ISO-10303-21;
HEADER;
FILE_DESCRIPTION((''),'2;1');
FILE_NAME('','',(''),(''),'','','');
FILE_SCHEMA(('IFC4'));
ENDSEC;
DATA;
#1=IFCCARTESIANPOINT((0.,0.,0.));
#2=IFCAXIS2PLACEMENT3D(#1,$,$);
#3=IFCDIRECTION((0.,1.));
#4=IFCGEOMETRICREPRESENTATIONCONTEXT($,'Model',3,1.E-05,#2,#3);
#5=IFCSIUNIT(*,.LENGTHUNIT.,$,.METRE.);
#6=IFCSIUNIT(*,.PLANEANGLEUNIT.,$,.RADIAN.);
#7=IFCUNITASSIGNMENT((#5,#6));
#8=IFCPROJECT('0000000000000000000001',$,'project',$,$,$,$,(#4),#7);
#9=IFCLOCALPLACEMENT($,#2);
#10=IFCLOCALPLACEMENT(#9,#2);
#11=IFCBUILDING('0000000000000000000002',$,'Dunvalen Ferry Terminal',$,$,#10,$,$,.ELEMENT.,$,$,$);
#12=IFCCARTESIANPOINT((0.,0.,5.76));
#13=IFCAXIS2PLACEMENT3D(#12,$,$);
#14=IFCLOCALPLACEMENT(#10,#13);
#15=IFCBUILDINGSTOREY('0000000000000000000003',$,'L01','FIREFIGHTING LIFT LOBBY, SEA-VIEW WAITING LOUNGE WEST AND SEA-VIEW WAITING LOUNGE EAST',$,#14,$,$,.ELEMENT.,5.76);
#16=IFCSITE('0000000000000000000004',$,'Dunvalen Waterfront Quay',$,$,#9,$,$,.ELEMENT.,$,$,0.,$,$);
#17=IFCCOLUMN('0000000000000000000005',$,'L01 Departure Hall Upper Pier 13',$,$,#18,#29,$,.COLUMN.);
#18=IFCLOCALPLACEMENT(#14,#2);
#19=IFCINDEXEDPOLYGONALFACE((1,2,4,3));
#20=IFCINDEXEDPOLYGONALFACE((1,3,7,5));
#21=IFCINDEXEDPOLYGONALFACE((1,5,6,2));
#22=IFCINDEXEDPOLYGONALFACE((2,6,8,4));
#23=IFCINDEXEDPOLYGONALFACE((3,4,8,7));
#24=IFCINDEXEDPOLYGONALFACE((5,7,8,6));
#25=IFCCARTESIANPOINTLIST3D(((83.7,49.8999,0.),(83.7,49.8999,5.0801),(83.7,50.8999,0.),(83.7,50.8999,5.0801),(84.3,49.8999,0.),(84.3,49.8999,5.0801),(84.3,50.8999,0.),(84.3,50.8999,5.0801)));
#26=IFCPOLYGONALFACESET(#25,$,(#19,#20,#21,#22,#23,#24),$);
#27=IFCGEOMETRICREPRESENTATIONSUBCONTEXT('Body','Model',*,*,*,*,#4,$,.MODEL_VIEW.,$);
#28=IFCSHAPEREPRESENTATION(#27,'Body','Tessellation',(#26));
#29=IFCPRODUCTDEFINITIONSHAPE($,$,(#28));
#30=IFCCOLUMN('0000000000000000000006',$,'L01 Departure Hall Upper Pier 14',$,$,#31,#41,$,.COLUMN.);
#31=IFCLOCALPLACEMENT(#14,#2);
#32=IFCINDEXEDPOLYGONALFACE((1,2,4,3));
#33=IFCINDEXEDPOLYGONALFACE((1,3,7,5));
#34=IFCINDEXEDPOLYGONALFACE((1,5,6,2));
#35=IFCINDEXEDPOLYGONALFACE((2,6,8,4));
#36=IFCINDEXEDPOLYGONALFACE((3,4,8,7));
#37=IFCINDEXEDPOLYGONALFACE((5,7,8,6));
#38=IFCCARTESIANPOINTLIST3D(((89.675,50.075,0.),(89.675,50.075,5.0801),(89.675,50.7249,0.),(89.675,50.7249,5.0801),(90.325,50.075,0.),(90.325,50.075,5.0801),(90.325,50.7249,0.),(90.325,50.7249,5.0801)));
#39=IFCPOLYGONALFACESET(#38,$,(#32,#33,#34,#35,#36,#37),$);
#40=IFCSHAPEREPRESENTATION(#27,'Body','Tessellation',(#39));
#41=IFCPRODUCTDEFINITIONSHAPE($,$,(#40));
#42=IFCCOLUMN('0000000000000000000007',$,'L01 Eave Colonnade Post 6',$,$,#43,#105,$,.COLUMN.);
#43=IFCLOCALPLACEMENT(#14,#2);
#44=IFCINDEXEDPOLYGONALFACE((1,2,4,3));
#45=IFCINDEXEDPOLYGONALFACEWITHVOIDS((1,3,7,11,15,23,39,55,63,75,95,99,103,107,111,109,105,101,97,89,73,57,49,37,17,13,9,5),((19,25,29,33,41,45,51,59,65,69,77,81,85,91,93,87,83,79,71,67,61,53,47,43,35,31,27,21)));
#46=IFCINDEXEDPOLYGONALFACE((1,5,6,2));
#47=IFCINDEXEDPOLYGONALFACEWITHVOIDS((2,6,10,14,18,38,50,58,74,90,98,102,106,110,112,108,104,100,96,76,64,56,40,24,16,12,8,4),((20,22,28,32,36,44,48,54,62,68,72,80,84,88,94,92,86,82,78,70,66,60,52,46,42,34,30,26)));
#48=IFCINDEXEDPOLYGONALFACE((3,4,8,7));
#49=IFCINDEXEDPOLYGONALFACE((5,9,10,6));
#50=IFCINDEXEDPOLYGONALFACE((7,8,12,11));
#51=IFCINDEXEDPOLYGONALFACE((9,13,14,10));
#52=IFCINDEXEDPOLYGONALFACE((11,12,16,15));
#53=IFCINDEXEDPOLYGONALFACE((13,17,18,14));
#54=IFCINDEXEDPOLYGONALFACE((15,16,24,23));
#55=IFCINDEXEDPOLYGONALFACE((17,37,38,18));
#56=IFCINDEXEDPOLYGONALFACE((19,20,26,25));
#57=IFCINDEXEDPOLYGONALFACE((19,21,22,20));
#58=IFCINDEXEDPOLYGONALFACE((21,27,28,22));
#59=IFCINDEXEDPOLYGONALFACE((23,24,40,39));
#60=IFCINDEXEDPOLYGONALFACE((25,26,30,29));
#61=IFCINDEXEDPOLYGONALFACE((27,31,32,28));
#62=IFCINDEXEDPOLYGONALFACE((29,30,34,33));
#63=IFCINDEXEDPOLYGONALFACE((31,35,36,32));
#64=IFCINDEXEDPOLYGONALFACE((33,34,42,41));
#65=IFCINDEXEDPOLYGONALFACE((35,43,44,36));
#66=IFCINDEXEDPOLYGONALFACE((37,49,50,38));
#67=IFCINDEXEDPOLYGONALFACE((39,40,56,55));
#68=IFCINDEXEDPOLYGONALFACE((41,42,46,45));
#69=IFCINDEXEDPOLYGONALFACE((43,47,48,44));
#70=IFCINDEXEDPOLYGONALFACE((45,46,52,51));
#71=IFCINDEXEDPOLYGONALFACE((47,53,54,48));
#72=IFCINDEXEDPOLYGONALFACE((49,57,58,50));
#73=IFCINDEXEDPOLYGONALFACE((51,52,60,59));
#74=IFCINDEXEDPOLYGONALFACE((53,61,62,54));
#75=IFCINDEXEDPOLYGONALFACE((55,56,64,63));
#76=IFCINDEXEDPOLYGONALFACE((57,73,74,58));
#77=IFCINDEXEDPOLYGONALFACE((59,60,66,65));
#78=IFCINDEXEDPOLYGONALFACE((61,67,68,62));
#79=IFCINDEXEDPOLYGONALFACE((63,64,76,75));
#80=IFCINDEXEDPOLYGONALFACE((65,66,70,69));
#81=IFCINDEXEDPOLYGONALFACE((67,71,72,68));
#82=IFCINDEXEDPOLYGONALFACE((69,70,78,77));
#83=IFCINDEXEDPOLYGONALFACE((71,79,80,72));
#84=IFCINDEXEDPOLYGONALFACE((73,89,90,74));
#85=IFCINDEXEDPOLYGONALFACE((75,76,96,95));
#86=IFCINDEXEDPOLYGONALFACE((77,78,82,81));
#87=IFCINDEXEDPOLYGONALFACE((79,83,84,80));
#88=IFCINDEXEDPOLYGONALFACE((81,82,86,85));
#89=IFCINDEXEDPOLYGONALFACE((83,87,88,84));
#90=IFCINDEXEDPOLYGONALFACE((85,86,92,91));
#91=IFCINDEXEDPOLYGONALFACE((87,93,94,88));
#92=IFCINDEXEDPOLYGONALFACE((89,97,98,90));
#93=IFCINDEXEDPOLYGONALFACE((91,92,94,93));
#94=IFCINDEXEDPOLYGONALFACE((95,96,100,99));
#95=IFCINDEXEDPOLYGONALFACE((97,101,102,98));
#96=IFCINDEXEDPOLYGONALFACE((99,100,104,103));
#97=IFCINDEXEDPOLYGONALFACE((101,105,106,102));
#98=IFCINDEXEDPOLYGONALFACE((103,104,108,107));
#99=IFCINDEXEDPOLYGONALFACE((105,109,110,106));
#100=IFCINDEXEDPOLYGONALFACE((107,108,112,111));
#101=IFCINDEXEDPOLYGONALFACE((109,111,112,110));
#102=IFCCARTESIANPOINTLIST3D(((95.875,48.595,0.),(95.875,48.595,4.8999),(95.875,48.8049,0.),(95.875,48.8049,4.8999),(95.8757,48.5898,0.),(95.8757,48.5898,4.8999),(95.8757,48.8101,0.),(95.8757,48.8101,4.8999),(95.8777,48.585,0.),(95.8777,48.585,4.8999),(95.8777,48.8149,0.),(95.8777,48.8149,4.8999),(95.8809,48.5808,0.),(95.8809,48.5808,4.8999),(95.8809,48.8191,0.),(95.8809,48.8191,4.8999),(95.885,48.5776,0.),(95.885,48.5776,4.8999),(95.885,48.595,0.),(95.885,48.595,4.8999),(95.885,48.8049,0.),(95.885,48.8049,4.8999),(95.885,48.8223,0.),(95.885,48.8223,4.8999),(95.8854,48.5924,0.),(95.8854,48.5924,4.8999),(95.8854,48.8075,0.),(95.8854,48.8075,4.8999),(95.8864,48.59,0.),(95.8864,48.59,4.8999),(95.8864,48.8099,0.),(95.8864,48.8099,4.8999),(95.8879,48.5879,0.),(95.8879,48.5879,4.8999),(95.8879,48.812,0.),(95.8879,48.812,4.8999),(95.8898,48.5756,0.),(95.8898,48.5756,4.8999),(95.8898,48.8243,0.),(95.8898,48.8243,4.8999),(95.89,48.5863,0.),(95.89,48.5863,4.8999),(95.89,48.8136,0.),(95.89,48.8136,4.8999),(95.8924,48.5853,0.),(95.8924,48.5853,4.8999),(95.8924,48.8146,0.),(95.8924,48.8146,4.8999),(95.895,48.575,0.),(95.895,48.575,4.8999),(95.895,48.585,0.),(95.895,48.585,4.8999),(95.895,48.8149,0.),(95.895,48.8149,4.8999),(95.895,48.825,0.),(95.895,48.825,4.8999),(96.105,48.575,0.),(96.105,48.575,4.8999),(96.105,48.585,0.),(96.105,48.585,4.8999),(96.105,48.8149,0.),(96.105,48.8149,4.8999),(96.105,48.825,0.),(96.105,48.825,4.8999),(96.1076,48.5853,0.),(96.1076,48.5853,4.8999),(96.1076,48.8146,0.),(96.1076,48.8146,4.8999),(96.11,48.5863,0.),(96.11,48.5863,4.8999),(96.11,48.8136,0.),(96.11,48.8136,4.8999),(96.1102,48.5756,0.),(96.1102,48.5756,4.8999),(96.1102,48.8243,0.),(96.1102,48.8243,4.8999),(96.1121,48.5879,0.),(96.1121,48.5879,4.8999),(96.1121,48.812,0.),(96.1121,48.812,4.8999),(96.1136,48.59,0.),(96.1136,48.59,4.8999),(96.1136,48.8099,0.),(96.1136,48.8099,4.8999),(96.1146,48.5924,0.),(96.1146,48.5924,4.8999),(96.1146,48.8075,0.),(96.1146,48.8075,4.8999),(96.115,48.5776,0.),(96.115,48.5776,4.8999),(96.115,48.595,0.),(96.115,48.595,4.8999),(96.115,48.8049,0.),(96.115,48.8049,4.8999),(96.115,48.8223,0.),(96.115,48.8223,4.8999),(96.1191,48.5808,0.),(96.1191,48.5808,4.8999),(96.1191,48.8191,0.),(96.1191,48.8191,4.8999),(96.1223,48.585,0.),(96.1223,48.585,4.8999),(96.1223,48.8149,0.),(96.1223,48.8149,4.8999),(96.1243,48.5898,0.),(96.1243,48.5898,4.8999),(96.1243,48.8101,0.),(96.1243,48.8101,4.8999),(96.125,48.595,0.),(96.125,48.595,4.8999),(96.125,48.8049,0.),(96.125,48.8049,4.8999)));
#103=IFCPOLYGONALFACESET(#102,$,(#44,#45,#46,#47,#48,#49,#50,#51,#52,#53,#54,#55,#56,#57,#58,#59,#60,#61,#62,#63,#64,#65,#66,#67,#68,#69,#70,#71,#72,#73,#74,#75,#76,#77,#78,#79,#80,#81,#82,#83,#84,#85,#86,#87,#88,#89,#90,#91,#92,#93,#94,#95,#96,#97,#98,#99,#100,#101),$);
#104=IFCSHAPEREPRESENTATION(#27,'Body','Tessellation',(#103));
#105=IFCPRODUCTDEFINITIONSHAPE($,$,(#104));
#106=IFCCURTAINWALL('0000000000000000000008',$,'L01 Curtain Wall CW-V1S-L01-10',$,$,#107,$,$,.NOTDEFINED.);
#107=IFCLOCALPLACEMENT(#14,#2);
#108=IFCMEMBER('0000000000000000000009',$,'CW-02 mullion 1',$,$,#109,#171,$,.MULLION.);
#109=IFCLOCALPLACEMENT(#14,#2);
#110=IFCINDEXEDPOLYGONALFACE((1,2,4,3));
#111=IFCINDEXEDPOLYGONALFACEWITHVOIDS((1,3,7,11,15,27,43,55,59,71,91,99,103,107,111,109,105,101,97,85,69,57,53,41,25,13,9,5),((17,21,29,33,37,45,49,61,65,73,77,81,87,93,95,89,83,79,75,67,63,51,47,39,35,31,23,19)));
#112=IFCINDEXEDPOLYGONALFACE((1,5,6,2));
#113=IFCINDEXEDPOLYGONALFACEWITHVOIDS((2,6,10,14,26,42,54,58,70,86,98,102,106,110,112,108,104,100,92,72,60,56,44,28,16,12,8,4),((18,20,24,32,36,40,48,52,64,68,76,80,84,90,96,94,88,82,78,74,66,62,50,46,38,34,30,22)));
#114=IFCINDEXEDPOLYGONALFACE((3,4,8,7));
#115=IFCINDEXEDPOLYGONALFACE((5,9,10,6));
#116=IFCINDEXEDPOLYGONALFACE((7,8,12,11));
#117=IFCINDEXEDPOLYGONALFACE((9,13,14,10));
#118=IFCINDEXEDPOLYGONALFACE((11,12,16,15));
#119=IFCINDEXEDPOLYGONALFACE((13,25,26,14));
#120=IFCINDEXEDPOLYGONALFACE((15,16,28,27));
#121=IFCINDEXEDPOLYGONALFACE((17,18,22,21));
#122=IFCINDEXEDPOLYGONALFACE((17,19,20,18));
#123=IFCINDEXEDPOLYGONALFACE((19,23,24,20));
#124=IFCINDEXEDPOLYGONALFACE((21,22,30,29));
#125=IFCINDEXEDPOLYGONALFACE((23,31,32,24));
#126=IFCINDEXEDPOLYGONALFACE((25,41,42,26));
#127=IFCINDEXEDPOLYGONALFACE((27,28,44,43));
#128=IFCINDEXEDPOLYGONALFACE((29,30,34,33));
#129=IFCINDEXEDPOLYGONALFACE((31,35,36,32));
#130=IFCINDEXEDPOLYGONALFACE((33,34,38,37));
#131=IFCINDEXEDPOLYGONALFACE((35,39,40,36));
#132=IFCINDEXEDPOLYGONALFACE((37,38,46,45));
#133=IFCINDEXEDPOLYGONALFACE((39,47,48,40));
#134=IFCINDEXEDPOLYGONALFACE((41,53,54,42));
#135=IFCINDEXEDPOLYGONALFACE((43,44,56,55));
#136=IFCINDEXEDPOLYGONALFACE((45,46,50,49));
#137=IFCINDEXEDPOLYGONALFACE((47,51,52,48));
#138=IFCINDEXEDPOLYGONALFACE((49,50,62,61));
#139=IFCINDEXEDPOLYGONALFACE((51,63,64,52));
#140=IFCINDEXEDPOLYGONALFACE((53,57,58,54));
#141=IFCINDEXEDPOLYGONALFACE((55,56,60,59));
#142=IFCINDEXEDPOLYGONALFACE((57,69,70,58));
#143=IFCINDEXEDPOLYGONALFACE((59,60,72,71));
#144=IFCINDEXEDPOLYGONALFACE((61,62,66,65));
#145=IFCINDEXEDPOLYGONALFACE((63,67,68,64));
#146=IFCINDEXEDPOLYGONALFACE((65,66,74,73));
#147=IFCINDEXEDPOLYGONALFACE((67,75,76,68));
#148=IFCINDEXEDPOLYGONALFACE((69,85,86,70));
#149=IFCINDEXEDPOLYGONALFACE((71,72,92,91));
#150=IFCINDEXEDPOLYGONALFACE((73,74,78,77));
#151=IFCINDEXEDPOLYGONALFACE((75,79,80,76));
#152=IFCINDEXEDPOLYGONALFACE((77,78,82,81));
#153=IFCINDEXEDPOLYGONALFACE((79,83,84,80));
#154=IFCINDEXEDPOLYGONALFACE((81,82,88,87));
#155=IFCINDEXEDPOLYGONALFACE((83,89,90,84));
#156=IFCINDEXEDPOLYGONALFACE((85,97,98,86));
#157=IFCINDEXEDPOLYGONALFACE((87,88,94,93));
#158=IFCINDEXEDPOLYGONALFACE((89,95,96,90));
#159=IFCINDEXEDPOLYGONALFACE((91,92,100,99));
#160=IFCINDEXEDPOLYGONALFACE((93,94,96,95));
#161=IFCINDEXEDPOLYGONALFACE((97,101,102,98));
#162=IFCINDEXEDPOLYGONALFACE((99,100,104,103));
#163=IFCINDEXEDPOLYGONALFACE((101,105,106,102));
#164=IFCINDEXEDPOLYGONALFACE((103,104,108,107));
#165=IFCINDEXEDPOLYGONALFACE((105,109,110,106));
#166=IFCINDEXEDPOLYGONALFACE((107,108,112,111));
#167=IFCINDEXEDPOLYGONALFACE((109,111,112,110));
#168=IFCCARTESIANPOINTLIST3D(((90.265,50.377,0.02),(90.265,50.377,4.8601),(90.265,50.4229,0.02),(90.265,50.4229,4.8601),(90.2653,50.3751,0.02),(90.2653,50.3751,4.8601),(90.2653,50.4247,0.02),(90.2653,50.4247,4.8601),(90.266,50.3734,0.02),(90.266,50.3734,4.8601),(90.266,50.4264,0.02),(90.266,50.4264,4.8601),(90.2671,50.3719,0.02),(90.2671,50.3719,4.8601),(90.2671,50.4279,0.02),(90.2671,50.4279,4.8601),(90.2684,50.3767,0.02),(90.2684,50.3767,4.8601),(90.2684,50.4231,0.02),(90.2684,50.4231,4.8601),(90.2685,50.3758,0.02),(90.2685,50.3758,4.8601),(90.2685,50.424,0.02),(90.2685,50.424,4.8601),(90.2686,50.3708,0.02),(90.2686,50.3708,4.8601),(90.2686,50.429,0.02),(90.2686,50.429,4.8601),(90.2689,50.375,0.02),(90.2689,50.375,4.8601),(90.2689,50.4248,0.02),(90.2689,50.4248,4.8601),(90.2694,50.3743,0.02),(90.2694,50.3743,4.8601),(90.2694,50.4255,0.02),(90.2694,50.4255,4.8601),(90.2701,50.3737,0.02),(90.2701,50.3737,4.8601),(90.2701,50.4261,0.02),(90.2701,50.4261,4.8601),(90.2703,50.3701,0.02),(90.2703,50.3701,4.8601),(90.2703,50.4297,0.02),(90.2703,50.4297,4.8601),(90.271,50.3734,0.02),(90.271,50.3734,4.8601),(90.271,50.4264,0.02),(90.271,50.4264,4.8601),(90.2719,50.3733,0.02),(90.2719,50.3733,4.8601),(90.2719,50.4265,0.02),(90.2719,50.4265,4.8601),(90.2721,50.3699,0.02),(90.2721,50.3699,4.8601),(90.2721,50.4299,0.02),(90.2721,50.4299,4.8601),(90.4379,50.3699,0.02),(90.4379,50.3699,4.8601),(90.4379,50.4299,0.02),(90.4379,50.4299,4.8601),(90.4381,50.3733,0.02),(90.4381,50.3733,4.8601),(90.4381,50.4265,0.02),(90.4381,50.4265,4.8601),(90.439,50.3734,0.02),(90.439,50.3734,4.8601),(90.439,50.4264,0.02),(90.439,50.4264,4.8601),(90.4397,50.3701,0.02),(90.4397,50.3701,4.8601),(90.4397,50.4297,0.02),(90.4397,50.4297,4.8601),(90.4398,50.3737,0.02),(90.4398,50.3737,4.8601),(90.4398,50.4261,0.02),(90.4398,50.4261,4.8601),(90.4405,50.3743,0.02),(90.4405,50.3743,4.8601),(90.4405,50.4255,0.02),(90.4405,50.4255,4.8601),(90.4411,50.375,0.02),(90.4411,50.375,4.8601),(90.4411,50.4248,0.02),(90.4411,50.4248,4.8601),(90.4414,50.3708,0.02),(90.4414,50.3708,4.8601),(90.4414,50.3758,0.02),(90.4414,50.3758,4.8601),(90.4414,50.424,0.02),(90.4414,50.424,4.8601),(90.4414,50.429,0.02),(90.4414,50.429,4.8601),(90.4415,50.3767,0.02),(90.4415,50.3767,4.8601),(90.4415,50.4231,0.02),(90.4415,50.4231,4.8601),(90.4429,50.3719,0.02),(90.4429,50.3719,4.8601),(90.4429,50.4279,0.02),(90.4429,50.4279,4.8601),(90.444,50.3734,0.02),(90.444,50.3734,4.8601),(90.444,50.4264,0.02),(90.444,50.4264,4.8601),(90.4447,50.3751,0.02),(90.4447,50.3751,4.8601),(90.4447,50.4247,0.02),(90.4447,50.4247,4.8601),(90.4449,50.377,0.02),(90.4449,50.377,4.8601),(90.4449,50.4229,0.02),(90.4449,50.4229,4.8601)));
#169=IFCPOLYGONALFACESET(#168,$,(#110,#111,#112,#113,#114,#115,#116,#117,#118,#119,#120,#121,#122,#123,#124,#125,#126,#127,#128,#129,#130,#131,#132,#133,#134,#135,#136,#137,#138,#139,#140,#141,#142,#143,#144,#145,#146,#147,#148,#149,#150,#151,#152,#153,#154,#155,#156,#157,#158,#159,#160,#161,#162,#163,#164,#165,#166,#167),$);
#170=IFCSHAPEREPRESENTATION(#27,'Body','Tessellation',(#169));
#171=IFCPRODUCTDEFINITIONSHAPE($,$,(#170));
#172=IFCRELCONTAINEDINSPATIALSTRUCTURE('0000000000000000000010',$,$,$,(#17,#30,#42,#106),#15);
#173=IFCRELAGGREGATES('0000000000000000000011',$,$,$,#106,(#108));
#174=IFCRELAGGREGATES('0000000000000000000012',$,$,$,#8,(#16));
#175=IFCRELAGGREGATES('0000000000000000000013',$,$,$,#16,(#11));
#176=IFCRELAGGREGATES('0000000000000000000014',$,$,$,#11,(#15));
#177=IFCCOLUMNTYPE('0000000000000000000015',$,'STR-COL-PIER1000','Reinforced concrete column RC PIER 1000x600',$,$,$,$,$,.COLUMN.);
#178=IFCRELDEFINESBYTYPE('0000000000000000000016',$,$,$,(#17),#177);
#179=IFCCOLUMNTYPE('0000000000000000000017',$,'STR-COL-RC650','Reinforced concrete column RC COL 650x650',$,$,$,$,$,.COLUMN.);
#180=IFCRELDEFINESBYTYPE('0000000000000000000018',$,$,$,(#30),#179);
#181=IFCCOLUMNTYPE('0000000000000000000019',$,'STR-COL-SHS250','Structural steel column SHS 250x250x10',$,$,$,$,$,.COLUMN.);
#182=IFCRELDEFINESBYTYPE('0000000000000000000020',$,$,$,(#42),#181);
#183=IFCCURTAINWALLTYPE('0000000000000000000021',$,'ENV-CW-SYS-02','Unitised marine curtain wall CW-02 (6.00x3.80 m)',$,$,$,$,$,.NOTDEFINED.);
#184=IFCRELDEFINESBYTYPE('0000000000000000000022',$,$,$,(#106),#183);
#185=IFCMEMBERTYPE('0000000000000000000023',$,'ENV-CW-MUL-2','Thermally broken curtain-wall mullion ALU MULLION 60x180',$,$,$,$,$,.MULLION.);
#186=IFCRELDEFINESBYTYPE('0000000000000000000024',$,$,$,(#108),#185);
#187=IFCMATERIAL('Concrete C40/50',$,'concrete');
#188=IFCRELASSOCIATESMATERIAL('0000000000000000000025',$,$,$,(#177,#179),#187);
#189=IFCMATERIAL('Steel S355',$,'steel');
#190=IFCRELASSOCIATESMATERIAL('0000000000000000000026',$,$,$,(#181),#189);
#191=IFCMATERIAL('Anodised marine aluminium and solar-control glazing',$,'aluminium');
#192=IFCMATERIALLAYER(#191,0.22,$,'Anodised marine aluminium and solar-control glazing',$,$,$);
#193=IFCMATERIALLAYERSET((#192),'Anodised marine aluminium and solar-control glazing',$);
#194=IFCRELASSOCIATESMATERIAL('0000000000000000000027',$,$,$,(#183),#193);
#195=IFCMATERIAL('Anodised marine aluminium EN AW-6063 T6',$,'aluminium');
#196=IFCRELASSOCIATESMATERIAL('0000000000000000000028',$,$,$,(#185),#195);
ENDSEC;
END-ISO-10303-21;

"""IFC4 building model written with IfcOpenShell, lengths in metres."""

from ifc_helpers import new_model, si_unit, direction, frame, origin, origin_2d, place, context, subcontext, project, spatial, rectangle, hollow_rectangle, extrude, material, layer, layer_set, material_profile, profile_set, type_object, element, aggregate, save


model = new_model("IFC4")

# Units and contexts
model_context = context("Model", 3, precision=1e-05, world=origin(), true_north=direction((0.0, 1.0)))
body_context = subcontext(model_context, "Body", "Model", "MODEL_VIEW")
ifc_project = project(units=[si_unit("LENGTHUNIT", "METRE"), si_unit("PLANEANGLEUNIT", "RADIAN")], contexts=[model_context])

# Site, building, storey
site_placement = place(None, origin())
site = spatial("IfcSite", under=ifc_project, at=site_placement, Name="Dunvalen Waterfront Quay", CompositionType="ELEMENT", RefElevation=0.0)
building_placement = place(site_placement, origin())
building = spatial("IfcBuilding", under=site, at=building_placement, Name="Dunvalen Ferry Terminal", CompositionType="ELEMENT")
storey_placement = place(building_placement, frame((0.0, 0.0, 5.76)))
storey = spatial("IfcBuildingStorey", under=building, at=storey_placement, Name="L01", Description="FIREFIGHTING LIFT LOBBY, SEA-VIEW WAITING LOUNGE WEST AND SEA-VIEW WAITING LOUNGE EAST", CompositionType="ELEMENT", Elevation=5.76)

# Columns
ifc_material_1 = material(Name="Concrete C40/50", Category="concrete")
ifc_material_profile_1 = material_profile(ifc_material_1, rectangle(XDim=0.6001, YDim=1.0, at=origin_2d()), Name="Concrete C40/50")
ifc_profile_set_1 = profile_set([ifc_material_profile_1], Name="Concrete C40/50")
column_type_1 = type_object("IfcColumnType", Name="STR-COL-PIER1000", Description="Reinforced concrete column RC PIER 1000x600", PredefinedType="COLUMN", material=ifc_profile_set_1)
column_1_placement = place(storey_placement, frame((84.0, 50.3999, 0.0), z_axis=(0.0, 0.0, 1.0), x_axis=(1.0, 0.0, 0.0)))
element("IfcColumn", 1, at=column_1_placement, inside=storey, type_object=column_type_1, Name="L01 Departure Hall Upper Pier 13", PredefinedType="COLUMN", context=body_context, shape_type="SweptSolid", body=[
    extrude(rectangle(XDim=0.6001, YDim=1.0, at=origin_2d()), origin(), (0.0, 0.0, 1.0), 5.0801),
])
ifc_material_profile_2 = material_profile(ifc_material_1, rectangle(XDim=0.6499, YDim=0.6499, at=origin_2d()), Name="Concrete C40/50")
ifc_profile_set_2 = profile_set([ifc_material_profile_2], Name="Concrete C40/50")
column_type_2 = type_object("IfcColumnType", Name="STR-COL-RC650", Description="Reinforced concrete column RC COL 650x650", PredefinedType="COLUMN", material=ifc_profile_set_2)
column_2_placement = place(storey_placement, frame((90.0, 50.3999, 0.0), z_axis=(0.0, 0.0, 1.0), x_axis=(1.0, 0.0, 0.0)))
element("IfcColumn", 2, at=column_2_placement, inside=storey, type_object=column_type_2, Name="L01 Departure Hall Upper Pier 14", PredefinedType="COLUMN", context=body_context, shape_type="SweptSolid", body=[
    extrude(rectangle(XDim=0.6499, YDim=0.6499, at=origin_2d()), origin(), (0.0, 0.0, 1.0), 5.0801),
])
ifc_material_2 = material(Name="Steel S355", Category="steel")
ifc_material_profile_3 = material_profile(ifc_material_2, hollow_rectangle(XDim=0.25, YDim=0.25, WallThickness=0.01, InnerFilletRadius=0.01, OuterFilletRadius=0.02, at=origin_2d()), Name="Steel S355")
ifc_profile_set_3 = profile_set([ifc_material_profile_3], Name="Steel S355")
column_type_3 = type_object("IfcColumnType", Name="STR-COL-SHS250", Description="Structural steel column SHS 250x250x10", PredefinedType="COLUMN", material=ifc_profile_set_3)
column_3_placement = place(storey_placement, frame((96.0, 48.7, 0.0), z_axis=(0.0, 0.0, 1.0), x_axis=(1.0, 0.0, 0.0)))
element("IfcColumn", 3, at=column_3_placement, inside=storey, type_object=column_type_3, Name="L01 Eave Colonnade Post 6", PredefinedType="COLUMN", context=body_context, shape_type="SweptSolid", body=[
    extrude(hollow_rectangle(XDim=0.25, YDim=0.25, WallThickness=0.01, InnerFilletRadius=0.01, OuterFilletRadius=0.02, at=origin_2d()), origin(), (0.0, 0.0, 1.0), 4.8999),
])

# Curtain wall, member
ifc_material_3 = material(Name="Anodised marine aluminium and solar-control glazing", Category="aluminium")
ifc_layer_1 = layer(ifc_material_3, 0.22, Name="Anodised marine aluminium and solar-control glazing")
ifc_layer_set_1 = layer_set([ifc_layer_1], Name="Anodised marine aluminium and solar-control glazing")
curtain_wall_type_1 = type_object("IfcCurtainWallType", Name="ENV-CW-SYS-02", Description="Unitised marine curtain wall CW-02 (6.00x3.80 m)", PredefinedType="NOTDEFINED", material=ifc_layer_set_1)
curtain_wall_1_placement = place(storey_placement, origin())
curtain_wall_1 = element("IfcCurtainWall", 4, at=curtain_wall_1_placement, inside=storey, type_object=curtain_wall_type_1, Name="L01 Curtain Wall CW-V1S-L01-10", PredefinedType="NOTDEFINED")
ifc_material_4 = material(Name="Anodised marine aluminium EN AW-6063 T6", Category="aluminium")
ifc_material_profile_4 = material_profile(ifc_material_4, hollow_rectangle(XDim=0.0601, YDim=0.1799, WallThickness=0.0034, InnerFilletRadius=0.0034, OuterFilletRadius=0.0071, at=origin_2d()), Name="Anodised marine aluminium EN AW-6063 T6")
ifc_profile_set_4 = profile_set([ifc_material_profile_4], Name="Anodised marine aluminium EN AW-6063 T6")
member_type_1 = type_object("IfcMemberType", Name="ENV-CW-MUL-2", Description="Thermally broken curtain-wall mullion ALU MULLION 60x180", PredefinedType="MULLION", material=ifc_profile_set_4)
member_1_placement = place(storey_placement, frame((90.355, 50.3999, 0.02), z_axis=(0.0, 0.0, 1.0), x_axis=(0.0, 1.0, 0.0)))
member_1 = element("IfcMember", 5, at=member_1_placement, type_object=member_type_1, Name="CW-02 mullion 1", PredefinedType="MULLION", context=body_context, shape_type="SweptSolid", body=[
    extrude(hollow_rectangle(XDim=0.0601, YDim=0.1799, WallThickness=0.0034, InnerFilletRadius=0.0034, OuterFilletRadius=0.0071, at=origin_2d()), origin(), (0.0, 0.0, 1.0), 4.8401),
])

aggregate(curtain_wall_1, [member_1])

save(model, "model.ifc")
